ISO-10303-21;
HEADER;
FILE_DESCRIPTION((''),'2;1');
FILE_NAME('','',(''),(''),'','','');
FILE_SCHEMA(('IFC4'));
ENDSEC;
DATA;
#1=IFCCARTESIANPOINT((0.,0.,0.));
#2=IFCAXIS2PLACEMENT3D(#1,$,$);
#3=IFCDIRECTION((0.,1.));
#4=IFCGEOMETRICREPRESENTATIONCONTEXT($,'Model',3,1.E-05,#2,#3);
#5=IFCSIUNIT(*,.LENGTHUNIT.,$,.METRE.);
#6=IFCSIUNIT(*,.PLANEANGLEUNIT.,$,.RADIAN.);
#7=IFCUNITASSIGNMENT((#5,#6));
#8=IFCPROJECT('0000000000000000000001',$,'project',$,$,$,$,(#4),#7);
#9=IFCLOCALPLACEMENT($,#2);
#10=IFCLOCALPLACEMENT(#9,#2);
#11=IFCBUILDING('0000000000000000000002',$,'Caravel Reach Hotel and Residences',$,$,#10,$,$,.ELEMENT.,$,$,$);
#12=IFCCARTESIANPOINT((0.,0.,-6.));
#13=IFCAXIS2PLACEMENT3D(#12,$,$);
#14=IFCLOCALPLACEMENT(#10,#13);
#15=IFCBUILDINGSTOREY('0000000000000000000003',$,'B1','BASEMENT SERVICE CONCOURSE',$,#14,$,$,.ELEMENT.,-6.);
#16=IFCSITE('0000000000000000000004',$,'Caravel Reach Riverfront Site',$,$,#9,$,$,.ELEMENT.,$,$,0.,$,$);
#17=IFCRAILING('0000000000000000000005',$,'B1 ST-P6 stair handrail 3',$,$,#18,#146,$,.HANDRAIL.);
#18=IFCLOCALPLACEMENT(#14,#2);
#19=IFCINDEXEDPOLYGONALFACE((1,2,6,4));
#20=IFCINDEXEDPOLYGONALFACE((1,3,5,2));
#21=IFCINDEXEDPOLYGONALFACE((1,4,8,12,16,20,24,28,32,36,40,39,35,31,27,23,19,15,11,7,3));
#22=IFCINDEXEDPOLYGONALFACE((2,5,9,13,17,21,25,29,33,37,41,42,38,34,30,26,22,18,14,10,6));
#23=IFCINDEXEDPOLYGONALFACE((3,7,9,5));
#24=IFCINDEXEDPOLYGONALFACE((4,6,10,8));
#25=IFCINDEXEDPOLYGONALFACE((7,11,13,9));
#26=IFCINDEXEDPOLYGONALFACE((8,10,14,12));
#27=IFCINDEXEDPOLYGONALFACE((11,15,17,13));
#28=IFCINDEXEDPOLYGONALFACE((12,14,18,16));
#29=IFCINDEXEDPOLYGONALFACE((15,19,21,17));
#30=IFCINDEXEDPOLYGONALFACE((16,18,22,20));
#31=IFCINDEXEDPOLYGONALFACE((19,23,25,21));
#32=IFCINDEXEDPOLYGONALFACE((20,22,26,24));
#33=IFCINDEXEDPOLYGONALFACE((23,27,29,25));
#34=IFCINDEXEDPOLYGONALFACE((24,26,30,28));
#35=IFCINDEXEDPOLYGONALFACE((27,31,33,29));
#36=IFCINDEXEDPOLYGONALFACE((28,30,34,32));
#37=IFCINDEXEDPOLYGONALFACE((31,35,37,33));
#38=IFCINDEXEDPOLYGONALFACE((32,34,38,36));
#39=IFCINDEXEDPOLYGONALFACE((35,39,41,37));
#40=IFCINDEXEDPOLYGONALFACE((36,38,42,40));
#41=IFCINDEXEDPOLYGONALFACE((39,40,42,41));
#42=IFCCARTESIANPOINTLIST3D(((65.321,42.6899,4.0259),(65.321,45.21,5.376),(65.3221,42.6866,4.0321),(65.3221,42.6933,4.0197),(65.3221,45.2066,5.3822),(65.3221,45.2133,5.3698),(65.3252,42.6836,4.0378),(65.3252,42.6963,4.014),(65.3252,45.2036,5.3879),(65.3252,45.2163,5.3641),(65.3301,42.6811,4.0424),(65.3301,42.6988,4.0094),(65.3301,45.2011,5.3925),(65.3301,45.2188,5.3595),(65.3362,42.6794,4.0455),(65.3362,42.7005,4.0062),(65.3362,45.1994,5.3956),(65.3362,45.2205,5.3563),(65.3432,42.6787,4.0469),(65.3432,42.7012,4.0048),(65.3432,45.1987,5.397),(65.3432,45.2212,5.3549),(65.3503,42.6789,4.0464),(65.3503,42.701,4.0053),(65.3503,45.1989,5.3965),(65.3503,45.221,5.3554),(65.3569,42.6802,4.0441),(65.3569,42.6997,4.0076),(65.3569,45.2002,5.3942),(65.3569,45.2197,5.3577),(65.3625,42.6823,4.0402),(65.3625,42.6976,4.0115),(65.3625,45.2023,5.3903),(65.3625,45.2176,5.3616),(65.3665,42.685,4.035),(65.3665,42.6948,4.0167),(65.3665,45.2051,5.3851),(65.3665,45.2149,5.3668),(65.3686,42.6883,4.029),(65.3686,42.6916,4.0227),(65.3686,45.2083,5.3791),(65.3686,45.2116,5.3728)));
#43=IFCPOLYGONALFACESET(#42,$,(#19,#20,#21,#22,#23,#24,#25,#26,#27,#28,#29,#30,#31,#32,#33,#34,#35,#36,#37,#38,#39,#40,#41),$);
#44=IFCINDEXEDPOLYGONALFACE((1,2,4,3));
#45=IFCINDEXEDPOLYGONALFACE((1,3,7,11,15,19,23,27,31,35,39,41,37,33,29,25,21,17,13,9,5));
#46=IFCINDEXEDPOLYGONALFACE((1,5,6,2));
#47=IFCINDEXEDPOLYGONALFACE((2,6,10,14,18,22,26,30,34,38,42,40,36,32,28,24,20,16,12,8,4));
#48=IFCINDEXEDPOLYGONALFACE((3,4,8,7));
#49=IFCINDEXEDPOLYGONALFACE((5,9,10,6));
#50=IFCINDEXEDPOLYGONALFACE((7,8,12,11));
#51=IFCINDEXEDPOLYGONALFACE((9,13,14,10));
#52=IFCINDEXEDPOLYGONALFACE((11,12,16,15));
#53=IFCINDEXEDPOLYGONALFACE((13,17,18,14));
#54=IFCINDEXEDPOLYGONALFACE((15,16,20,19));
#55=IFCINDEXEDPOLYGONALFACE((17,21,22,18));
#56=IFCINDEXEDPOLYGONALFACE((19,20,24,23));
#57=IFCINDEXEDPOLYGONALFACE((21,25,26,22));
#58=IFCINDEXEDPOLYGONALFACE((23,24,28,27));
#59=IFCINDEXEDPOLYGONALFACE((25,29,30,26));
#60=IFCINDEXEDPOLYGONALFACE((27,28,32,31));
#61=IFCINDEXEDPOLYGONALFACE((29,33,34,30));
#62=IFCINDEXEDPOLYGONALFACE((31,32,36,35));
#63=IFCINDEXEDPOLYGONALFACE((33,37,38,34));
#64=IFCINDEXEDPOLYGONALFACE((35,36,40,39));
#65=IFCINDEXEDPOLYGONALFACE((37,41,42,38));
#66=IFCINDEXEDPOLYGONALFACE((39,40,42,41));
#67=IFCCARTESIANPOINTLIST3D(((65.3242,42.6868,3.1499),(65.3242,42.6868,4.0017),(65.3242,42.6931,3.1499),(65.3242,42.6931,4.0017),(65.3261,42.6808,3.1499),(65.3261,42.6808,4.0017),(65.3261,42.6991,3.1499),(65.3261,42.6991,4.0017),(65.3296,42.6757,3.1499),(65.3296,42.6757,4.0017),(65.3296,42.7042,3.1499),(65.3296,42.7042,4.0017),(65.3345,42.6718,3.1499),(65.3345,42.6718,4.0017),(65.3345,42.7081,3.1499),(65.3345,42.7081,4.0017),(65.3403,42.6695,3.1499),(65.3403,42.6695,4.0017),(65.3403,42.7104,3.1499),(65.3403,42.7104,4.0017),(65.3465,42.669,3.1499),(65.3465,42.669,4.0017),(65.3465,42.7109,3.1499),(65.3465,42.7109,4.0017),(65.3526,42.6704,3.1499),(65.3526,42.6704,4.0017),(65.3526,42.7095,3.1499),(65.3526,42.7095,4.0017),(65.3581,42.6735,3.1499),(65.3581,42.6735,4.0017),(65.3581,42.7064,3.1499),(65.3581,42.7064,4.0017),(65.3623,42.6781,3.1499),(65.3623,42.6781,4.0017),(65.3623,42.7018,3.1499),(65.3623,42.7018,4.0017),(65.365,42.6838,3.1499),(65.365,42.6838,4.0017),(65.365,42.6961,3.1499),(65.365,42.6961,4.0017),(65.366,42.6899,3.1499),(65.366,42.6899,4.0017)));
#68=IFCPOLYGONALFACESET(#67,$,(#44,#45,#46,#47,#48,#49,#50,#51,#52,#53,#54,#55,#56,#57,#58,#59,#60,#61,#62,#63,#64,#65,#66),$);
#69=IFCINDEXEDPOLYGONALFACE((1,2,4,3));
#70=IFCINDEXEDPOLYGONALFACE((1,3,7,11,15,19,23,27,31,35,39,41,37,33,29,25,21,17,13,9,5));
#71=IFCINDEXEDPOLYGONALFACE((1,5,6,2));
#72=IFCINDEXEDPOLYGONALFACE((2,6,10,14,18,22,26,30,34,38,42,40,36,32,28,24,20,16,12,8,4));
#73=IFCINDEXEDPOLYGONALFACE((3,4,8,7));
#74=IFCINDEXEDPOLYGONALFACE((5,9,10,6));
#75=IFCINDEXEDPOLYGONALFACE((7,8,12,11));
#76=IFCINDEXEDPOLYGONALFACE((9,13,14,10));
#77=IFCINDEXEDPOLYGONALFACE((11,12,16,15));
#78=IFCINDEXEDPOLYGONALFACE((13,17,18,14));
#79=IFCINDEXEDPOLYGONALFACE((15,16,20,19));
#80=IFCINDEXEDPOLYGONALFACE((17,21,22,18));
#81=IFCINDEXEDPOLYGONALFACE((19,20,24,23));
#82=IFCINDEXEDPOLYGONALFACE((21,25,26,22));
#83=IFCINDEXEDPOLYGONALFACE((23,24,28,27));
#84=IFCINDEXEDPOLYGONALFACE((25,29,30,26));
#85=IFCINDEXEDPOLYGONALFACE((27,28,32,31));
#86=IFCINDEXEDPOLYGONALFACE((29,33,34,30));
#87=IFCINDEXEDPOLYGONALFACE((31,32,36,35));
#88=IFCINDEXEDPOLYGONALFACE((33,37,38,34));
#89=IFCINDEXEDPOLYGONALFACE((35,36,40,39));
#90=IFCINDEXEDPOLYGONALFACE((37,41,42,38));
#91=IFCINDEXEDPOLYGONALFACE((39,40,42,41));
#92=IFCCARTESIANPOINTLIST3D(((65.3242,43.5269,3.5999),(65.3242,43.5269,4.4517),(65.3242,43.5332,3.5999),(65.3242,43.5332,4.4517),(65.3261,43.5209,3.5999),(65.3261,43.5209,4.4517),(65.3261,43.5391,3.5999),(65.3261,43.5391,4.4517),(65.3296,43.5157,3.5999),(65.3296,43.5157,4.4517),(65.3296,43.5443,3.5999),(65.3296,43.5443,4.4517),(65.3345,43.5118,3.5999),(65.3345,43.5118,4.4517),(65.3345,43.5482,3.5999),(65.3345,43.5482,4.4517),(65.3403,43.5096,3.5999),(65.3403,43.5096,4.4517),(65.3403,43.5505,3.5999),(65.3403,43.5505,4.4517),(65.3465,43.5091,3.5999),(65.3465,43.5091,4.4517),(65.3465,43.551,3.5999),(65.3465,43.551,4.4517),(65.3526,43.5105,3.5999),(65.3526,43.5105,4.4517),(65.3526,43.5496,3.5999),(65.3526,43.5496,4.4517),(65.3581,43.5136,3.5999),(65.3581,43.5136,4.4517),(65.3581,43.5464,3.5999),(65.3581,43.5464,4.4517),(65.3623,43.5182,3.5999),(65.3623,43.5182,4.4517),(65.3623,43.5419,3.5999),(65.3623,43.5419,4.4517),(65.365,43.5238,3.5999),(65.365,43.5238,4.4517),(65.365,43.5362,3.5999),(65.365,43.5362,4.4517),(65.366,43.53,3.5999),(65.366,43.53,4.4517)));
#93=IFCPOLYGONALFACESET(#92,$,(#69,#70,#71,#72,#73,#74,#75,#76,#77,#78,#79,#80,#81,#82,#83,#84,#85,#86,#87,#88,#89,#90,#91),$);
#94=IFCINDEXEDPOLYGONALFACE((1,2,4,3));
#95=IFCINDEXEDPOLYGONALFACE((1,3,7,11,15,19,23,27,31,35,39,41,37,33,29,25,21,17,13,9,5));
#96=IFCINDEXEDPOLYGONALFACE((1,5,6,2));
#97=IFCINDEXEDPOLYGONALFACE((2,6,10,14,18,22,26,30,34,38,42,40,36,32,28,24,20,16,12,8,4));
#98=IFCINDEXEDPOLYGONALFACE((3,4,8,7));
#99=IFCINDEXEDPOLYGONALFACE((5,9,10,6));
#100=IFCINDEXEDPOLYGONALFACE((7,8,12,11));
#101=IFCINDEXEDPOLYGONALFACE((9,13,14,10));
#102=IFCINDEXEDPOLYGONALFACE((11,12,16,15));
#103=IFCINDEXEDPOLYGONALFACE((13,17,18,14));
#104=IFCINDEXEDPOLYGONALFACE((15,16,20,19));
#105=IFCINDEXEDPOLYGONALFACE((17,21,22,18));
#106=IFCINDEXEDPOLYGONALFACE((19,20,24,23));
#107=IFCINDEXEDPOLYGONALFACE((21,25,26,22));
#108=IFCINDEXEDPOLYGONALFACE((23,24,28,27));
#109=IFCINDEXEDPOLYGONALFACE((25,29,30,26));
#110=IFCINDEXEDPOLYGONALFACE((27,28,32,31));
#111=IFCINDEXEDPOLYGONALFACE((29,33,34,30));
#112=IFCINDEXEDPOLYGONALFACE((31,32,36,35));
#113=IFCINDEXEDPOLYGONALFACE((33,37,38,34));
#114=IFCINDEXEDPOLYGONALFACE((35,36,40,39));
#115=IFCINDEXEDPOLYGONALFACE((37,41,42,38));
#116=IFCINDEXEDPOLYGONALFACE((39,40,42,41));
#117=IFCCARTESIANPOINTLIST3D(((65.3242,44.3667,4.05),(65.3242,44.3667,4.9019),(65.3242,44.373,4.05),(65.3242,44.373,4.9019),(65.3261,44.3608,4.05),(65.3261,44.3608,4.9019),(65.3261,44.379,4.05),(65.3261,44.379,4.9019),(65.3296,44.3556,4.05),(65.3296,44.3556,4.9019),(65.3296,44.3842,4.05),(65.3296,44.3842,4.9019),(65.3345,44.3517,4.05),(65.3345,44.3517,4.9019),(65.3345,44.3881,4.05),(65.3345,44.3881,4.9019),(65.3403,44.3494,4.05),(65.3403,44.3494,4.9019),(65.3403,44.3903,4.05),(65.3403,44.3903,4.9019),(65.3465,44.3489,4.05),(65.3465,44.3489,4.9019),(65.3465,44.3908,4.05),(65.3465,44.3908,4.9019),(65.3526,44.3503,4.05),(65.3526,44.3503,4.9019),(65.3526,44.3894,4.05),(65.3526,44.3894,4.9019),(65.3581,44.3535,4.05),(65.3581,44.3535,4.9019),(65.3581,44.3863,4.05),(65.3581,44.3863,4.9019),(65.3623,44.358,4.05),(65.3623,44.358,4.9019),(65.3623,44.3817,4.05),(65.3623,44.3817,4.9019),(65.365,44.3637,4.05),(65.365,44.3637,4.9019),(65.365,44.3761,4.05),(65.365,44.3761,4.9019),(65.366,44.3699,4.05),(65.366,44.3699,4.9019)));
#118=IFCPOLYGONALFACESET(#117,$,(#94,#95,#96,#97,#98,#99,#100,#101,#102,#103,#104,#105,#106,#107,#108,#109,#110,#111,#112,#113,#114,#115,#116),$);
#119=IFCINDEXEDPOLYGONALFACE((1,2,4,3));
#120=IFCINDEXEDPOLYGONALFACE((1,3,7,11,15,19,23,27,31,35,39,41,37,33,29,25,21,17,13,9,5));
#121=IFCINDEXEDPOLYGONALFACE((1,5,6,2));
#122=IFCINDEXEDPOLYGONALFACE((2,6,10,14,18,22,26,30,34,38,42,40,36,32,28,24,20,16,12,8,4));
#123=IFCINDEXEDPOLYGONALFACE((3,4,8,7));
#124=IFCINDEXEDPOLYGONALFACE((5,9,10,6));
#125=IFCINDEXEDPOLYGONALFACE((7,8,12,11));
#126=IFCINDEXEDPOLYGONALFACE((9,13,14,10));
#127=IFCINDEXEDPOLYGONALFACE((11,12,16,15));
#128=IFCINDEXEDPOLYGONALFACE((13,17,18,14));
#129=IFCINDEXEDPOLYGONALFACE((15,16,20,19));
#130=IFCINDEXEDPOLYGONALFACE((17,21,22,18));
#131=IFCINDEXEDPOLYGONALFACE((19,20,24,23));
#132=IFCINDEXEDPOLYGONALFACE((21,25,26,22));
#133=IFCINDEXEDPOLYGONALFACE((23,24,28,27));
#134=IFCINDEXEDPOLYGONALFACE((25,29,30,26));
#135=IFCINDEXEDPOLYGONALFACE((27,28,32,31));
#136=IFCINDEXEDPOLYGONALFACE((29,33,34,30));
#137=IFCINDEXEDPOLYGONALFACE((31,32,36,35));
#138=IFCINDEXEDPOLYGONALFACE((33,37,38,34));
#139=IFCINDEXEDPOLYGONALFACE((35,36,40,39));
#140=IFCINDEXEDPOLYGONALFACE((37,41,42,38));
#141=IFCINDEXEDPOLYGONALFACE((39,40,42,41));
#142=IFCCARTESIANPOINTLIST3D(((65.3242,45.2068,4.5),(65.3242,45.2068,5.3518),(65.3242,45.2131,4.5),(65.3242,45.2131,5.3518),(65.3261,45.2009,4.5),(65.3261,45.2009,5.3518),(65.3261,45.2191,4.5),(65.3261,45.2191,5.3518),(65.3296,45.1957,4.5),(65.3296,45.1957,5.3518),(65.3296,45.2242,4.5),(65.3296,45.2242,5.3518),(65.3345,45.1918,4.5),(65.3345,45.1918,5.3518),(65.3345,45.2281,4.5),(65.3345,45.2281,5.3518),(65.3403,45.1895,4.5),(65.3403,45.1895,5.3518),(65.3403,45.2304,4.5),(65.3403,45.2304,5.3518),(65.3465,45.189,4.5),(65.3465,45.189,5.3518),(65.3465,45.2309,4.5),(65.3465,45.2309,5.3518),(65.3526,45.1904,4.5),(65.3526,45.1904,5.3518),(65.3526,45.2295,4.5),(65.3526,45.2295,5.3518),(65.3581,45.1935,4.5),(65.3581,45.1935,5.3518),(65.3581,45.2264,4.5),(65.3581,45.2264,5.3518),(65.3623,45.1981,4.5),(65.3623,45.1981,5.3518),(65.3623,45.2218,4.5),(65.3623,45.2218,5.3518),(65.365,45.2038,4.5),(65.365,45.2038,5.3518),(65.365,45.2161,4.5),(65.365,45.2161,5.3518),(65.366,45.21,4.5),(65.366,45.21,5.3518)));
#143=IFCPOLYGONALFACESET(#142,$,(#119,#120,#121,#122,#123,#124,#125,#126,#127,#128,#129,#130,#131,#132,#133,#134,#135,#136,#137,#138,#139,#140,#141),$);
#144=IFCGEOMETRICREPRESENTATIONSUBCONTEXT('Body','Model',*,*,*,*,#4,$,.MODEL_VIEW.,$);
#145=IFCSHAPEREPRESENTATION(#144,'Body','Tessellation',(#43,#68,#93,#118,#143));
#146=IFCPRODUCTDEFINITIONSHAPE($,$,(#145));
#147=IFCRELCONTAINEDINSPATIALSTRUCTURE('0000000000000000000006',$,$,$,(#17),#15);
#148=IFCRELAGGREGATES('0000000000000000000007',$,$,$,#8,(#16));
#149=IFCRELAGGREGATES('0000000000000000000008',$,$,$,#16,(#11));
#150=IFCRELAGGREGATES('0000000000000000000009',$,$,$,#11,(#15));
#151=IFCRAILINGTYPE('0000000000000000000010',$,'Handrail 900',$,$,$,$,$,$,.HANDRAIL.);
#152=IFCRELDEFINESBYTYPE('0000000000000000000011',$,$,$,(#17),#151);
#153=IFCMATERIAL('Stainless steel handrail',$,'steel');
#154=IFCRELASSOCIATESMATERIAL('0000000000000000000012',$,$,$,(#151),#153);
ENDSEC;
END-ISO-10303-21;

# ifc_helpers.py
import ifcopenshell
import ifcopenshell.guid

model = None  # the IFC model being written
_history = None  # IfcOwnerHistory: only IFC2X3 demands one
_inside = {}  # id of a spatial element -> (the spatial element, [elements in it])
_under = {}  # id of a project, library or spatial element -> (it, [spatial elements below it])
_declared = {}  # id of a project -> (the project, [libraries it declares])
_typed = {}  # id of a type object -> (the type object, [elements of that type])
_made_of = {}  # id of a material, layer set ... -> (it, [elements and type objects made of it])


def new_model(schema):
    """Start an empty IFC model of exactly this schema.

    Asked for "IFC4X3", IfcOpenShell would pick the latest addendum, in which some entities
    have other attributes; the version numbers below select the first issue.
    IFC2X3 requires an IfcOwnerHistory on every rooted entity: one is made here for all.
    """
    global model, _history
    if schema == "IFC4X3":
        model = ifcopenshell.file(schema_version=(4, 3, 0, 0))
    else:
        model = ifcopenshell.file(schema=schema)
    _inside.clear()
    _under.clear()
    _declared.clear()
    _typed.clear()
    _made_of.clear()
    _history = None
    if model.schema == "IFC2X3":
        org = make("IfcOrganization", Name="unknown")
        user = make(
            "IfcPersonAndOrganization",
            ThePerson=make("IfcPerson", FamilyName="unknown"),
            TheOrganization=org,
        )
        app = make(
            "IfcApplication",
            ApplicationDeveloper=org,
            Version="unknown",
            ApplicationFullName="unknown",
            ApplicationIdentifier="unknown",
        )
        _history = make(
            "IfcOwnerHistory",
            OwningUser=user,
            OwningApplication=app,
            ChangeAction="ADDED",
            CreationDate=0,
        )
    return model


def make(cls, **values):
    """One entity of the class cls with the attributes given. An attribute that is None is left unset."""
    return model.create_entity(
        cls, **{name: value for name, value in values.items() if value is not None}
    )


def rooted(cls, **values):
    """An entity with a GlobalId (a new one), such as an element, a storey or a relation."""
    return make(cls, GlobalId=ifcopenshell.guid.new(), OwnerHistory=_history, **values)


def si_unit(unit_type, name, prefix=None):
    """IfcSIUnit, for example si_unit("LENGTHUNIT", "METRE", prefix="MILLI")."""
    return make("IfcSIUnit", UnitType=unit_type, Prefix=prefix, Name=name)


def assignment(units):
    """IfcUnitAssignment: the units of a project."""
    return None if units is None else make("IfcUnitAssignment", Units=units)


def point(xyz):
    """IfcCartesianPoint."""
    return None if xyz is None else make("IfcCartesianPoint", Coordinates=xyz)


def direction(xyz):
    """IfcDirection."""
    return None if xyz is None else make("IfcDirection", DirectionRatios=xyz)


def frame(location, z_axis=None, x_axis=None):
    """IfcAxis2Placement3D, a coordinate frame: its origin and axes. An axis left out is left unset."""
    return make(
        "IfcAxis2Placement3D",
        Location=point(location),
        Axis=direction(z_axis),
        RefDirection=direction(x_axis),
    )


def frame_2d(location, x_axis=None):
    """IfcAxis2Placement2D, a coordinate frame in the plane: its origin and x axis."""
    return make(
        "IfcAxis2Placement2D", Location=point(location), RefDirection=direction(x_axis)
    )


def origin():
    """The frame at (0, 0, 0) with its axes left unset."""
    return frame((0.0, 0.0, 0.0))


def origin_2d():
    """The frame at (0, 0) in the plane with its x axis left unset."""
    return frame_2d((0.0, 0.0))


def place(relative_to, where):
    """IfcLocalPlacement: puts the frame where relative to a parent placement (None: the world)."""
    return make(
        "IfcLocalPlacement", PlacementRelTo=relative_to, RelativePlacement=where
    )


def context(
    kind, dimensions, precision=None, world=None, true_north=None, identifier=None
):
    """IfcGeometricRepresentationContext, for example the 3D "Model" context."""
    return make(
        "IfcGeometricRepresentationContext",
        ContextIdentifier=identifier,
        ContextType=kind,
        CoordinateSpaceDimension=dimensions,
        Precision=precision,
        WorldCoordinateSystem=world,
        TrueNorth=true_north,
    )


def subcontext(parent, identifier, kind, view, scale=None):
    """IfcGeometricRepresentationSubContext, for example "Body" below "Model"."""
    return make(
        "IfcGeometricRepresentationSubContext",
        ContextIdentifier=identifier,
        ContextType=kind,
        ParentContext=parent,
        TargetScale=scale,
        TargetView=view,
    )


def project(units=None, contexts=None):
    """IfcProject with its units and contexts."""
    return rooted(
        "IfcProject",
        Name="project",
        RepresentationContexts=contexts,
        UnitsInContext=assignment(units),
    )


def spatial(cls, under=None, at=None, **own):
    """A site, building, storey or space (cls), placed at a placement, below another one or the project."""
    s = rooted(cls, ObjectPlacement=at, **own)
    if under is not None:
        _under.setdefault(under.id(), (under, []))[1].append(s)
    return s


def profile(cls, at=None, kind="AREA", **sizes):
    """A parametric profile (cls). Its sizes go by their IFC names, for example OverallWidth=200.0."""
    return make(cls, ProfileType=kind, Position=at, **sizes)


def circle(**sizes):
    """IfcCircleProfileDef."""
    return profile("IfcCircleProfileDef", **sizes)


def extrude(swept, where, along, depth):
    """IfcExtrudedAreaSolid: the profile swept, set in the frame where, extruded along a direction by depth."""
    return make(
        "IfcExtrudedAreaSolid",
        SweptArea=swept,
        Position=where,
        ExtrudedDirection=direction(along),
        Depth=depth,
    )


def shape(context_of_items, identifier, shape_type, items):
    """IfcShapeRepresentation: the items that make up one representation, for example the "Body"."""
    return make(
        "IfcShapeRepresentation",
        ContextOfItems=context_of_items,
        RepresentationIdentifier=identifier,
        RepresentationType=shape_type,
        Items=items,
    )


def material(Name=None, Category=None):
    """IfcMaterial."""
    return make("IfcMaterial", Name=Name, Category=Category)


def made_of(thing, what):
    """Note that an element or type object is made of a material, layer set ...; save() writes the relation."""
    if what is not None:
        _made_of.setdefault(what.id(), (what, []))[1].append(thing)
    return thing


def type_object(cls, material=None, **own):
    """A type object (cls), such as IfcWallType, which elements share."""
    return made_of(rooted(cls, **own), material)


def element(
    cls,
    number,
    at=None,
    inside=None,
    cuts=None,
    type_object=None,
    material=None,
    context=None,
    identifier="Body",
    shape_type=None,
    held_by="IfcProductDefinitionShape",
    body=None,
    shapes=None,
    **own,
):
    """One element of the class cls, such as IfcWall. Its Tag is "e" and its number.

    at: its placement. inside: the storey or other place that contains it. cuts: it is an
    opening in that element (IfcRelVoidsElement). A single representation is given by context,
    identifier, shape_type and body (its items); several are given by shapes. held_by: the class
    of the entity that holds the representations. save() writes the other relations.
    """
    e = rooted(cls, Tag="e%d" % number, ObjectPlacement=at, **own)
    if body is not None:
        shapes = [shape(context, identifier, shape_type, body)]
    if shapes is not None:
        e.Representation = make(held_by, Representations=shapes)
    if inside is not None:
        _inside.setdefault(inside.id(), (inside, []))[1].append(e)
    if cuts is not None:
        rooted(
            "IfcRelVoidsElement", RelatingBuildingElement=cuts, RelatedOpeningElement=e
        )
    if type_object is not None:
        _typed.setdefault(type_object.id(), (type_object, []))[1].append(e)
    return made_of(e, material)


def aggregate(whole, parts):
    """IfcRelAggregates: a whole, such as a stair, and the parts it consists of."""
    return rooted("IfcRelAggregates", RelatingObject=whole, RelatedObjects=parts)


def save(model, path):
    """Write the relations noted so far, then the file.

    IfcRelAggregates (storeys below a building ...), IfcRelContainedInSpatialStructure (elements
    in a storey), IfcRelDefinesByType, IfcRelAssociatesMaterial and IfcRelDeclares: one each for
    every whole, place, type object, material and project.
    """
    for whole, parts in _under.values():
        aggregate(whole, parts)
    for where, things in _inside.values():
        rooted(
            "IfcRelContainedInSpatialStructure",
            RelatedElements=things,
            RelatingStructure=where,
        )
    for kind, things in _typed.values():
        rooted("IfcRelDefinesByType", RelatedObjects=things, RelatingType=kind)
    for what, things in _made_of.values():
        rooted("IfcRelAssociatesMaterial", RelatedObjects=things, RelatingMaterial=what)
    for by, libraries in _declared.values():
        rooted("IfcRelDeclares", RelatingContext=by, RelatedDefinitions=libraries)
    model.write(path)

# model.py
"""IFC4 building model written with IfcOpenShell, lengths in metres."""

from ifc_helpers import new_model, si_unit, direction, frame, origin, origin_2d, place, context, subcontext, project, spatial, circle, extrude, material, type_object, element, save


model = new_model("IFC4")

# Units and contexts
model_context = context("Model", 3, precision=1e-05, world=origin(), true_north=direction((0.0, 1.0)))
body_context = subcontext(model_context, "Body", "Model", "MODEL_VIEW")
ifc_project = project(units=[si_unit("LENGTHUNIT", "METRE"), si_unit("PLANEANGLEUNIT", "RADIAN")], contexts=[model_context])

# Site, building, storey
site_placement = place(None, origin())
site = spatial("IfcSite", under=ifc_project, at=site_placement, Name="Caravel Reach Riverfront Site", CompositionType="ELEMENT", RefElevation=0.0)
building_placement = place(site_placement, origin())
building = spatial("IfcBuilding", under=site, at=building_placement, Name="Caravel Reach Hotel and Residences", CompositionType="ELEMENT")
storey_placement = place(building_placement, frame((0.0, 0.0, -6.0)))
storey = spatial("IfcBuildingStorey", under=building, at=storey_placement, Name="B1", Description="BASEMENT SERVICE CONCOURSE", CompositionType="ELEMENT", Elevation=-6.0)

# Railing
ifc_material_1 = material(Name="Stainless steel handrail", Category="steel")
railing_type_1 = type_object("IfcRailingType", Name="Handrail 900", PredefinedType="HANDRAIL", material=ifc_material_1)
for number, where, name in (
    (1, (65.345, 42.6899, 3.1499), "B1 ST-P6 stair handrail 3"),
):
    element("IfcRailing", number, at=place(storey_placement, frame(where)), inside=storey, type_object=railing_type_1, Name=name, PredefinedType="HANDRAIL", context=body_context, shape_type="SweptSolid", body=[
        extrude(circle(Radius=0.0239, at=origin_2d()), frame((0.0, 0.0, 0.876), z_axis=(0.0, 0.881467, 0.472245), x_axis=(-1.0, 0.0, 0.0)), (0.0, 0.0, 1.0), 2.8589),
        extrude(circle(Radius=0.021, at=origin_2d()), origin(), (0.0, 0.0, 1.0), 0.8518),
        extrude(circle(Radius=0.021, at=origin_2d()), frame((0.0, 0.8401, 0.45)), (0.0, 0.0, 1.0), 0.8518),
        extrude(circle(Radius=0.021, at=origin_2d()), frame((0.0, 1.6799, 0.9001)), (0.0, 0.0, 1.0), 0.8518),
        extrude(circle(Radius=0.021, at=origin_2d()), frame((0.0, 2.52, 1.3501)), (0.0, 0.0, 1.0), 0.8518),
    ])

save(model, "model.ifc")
